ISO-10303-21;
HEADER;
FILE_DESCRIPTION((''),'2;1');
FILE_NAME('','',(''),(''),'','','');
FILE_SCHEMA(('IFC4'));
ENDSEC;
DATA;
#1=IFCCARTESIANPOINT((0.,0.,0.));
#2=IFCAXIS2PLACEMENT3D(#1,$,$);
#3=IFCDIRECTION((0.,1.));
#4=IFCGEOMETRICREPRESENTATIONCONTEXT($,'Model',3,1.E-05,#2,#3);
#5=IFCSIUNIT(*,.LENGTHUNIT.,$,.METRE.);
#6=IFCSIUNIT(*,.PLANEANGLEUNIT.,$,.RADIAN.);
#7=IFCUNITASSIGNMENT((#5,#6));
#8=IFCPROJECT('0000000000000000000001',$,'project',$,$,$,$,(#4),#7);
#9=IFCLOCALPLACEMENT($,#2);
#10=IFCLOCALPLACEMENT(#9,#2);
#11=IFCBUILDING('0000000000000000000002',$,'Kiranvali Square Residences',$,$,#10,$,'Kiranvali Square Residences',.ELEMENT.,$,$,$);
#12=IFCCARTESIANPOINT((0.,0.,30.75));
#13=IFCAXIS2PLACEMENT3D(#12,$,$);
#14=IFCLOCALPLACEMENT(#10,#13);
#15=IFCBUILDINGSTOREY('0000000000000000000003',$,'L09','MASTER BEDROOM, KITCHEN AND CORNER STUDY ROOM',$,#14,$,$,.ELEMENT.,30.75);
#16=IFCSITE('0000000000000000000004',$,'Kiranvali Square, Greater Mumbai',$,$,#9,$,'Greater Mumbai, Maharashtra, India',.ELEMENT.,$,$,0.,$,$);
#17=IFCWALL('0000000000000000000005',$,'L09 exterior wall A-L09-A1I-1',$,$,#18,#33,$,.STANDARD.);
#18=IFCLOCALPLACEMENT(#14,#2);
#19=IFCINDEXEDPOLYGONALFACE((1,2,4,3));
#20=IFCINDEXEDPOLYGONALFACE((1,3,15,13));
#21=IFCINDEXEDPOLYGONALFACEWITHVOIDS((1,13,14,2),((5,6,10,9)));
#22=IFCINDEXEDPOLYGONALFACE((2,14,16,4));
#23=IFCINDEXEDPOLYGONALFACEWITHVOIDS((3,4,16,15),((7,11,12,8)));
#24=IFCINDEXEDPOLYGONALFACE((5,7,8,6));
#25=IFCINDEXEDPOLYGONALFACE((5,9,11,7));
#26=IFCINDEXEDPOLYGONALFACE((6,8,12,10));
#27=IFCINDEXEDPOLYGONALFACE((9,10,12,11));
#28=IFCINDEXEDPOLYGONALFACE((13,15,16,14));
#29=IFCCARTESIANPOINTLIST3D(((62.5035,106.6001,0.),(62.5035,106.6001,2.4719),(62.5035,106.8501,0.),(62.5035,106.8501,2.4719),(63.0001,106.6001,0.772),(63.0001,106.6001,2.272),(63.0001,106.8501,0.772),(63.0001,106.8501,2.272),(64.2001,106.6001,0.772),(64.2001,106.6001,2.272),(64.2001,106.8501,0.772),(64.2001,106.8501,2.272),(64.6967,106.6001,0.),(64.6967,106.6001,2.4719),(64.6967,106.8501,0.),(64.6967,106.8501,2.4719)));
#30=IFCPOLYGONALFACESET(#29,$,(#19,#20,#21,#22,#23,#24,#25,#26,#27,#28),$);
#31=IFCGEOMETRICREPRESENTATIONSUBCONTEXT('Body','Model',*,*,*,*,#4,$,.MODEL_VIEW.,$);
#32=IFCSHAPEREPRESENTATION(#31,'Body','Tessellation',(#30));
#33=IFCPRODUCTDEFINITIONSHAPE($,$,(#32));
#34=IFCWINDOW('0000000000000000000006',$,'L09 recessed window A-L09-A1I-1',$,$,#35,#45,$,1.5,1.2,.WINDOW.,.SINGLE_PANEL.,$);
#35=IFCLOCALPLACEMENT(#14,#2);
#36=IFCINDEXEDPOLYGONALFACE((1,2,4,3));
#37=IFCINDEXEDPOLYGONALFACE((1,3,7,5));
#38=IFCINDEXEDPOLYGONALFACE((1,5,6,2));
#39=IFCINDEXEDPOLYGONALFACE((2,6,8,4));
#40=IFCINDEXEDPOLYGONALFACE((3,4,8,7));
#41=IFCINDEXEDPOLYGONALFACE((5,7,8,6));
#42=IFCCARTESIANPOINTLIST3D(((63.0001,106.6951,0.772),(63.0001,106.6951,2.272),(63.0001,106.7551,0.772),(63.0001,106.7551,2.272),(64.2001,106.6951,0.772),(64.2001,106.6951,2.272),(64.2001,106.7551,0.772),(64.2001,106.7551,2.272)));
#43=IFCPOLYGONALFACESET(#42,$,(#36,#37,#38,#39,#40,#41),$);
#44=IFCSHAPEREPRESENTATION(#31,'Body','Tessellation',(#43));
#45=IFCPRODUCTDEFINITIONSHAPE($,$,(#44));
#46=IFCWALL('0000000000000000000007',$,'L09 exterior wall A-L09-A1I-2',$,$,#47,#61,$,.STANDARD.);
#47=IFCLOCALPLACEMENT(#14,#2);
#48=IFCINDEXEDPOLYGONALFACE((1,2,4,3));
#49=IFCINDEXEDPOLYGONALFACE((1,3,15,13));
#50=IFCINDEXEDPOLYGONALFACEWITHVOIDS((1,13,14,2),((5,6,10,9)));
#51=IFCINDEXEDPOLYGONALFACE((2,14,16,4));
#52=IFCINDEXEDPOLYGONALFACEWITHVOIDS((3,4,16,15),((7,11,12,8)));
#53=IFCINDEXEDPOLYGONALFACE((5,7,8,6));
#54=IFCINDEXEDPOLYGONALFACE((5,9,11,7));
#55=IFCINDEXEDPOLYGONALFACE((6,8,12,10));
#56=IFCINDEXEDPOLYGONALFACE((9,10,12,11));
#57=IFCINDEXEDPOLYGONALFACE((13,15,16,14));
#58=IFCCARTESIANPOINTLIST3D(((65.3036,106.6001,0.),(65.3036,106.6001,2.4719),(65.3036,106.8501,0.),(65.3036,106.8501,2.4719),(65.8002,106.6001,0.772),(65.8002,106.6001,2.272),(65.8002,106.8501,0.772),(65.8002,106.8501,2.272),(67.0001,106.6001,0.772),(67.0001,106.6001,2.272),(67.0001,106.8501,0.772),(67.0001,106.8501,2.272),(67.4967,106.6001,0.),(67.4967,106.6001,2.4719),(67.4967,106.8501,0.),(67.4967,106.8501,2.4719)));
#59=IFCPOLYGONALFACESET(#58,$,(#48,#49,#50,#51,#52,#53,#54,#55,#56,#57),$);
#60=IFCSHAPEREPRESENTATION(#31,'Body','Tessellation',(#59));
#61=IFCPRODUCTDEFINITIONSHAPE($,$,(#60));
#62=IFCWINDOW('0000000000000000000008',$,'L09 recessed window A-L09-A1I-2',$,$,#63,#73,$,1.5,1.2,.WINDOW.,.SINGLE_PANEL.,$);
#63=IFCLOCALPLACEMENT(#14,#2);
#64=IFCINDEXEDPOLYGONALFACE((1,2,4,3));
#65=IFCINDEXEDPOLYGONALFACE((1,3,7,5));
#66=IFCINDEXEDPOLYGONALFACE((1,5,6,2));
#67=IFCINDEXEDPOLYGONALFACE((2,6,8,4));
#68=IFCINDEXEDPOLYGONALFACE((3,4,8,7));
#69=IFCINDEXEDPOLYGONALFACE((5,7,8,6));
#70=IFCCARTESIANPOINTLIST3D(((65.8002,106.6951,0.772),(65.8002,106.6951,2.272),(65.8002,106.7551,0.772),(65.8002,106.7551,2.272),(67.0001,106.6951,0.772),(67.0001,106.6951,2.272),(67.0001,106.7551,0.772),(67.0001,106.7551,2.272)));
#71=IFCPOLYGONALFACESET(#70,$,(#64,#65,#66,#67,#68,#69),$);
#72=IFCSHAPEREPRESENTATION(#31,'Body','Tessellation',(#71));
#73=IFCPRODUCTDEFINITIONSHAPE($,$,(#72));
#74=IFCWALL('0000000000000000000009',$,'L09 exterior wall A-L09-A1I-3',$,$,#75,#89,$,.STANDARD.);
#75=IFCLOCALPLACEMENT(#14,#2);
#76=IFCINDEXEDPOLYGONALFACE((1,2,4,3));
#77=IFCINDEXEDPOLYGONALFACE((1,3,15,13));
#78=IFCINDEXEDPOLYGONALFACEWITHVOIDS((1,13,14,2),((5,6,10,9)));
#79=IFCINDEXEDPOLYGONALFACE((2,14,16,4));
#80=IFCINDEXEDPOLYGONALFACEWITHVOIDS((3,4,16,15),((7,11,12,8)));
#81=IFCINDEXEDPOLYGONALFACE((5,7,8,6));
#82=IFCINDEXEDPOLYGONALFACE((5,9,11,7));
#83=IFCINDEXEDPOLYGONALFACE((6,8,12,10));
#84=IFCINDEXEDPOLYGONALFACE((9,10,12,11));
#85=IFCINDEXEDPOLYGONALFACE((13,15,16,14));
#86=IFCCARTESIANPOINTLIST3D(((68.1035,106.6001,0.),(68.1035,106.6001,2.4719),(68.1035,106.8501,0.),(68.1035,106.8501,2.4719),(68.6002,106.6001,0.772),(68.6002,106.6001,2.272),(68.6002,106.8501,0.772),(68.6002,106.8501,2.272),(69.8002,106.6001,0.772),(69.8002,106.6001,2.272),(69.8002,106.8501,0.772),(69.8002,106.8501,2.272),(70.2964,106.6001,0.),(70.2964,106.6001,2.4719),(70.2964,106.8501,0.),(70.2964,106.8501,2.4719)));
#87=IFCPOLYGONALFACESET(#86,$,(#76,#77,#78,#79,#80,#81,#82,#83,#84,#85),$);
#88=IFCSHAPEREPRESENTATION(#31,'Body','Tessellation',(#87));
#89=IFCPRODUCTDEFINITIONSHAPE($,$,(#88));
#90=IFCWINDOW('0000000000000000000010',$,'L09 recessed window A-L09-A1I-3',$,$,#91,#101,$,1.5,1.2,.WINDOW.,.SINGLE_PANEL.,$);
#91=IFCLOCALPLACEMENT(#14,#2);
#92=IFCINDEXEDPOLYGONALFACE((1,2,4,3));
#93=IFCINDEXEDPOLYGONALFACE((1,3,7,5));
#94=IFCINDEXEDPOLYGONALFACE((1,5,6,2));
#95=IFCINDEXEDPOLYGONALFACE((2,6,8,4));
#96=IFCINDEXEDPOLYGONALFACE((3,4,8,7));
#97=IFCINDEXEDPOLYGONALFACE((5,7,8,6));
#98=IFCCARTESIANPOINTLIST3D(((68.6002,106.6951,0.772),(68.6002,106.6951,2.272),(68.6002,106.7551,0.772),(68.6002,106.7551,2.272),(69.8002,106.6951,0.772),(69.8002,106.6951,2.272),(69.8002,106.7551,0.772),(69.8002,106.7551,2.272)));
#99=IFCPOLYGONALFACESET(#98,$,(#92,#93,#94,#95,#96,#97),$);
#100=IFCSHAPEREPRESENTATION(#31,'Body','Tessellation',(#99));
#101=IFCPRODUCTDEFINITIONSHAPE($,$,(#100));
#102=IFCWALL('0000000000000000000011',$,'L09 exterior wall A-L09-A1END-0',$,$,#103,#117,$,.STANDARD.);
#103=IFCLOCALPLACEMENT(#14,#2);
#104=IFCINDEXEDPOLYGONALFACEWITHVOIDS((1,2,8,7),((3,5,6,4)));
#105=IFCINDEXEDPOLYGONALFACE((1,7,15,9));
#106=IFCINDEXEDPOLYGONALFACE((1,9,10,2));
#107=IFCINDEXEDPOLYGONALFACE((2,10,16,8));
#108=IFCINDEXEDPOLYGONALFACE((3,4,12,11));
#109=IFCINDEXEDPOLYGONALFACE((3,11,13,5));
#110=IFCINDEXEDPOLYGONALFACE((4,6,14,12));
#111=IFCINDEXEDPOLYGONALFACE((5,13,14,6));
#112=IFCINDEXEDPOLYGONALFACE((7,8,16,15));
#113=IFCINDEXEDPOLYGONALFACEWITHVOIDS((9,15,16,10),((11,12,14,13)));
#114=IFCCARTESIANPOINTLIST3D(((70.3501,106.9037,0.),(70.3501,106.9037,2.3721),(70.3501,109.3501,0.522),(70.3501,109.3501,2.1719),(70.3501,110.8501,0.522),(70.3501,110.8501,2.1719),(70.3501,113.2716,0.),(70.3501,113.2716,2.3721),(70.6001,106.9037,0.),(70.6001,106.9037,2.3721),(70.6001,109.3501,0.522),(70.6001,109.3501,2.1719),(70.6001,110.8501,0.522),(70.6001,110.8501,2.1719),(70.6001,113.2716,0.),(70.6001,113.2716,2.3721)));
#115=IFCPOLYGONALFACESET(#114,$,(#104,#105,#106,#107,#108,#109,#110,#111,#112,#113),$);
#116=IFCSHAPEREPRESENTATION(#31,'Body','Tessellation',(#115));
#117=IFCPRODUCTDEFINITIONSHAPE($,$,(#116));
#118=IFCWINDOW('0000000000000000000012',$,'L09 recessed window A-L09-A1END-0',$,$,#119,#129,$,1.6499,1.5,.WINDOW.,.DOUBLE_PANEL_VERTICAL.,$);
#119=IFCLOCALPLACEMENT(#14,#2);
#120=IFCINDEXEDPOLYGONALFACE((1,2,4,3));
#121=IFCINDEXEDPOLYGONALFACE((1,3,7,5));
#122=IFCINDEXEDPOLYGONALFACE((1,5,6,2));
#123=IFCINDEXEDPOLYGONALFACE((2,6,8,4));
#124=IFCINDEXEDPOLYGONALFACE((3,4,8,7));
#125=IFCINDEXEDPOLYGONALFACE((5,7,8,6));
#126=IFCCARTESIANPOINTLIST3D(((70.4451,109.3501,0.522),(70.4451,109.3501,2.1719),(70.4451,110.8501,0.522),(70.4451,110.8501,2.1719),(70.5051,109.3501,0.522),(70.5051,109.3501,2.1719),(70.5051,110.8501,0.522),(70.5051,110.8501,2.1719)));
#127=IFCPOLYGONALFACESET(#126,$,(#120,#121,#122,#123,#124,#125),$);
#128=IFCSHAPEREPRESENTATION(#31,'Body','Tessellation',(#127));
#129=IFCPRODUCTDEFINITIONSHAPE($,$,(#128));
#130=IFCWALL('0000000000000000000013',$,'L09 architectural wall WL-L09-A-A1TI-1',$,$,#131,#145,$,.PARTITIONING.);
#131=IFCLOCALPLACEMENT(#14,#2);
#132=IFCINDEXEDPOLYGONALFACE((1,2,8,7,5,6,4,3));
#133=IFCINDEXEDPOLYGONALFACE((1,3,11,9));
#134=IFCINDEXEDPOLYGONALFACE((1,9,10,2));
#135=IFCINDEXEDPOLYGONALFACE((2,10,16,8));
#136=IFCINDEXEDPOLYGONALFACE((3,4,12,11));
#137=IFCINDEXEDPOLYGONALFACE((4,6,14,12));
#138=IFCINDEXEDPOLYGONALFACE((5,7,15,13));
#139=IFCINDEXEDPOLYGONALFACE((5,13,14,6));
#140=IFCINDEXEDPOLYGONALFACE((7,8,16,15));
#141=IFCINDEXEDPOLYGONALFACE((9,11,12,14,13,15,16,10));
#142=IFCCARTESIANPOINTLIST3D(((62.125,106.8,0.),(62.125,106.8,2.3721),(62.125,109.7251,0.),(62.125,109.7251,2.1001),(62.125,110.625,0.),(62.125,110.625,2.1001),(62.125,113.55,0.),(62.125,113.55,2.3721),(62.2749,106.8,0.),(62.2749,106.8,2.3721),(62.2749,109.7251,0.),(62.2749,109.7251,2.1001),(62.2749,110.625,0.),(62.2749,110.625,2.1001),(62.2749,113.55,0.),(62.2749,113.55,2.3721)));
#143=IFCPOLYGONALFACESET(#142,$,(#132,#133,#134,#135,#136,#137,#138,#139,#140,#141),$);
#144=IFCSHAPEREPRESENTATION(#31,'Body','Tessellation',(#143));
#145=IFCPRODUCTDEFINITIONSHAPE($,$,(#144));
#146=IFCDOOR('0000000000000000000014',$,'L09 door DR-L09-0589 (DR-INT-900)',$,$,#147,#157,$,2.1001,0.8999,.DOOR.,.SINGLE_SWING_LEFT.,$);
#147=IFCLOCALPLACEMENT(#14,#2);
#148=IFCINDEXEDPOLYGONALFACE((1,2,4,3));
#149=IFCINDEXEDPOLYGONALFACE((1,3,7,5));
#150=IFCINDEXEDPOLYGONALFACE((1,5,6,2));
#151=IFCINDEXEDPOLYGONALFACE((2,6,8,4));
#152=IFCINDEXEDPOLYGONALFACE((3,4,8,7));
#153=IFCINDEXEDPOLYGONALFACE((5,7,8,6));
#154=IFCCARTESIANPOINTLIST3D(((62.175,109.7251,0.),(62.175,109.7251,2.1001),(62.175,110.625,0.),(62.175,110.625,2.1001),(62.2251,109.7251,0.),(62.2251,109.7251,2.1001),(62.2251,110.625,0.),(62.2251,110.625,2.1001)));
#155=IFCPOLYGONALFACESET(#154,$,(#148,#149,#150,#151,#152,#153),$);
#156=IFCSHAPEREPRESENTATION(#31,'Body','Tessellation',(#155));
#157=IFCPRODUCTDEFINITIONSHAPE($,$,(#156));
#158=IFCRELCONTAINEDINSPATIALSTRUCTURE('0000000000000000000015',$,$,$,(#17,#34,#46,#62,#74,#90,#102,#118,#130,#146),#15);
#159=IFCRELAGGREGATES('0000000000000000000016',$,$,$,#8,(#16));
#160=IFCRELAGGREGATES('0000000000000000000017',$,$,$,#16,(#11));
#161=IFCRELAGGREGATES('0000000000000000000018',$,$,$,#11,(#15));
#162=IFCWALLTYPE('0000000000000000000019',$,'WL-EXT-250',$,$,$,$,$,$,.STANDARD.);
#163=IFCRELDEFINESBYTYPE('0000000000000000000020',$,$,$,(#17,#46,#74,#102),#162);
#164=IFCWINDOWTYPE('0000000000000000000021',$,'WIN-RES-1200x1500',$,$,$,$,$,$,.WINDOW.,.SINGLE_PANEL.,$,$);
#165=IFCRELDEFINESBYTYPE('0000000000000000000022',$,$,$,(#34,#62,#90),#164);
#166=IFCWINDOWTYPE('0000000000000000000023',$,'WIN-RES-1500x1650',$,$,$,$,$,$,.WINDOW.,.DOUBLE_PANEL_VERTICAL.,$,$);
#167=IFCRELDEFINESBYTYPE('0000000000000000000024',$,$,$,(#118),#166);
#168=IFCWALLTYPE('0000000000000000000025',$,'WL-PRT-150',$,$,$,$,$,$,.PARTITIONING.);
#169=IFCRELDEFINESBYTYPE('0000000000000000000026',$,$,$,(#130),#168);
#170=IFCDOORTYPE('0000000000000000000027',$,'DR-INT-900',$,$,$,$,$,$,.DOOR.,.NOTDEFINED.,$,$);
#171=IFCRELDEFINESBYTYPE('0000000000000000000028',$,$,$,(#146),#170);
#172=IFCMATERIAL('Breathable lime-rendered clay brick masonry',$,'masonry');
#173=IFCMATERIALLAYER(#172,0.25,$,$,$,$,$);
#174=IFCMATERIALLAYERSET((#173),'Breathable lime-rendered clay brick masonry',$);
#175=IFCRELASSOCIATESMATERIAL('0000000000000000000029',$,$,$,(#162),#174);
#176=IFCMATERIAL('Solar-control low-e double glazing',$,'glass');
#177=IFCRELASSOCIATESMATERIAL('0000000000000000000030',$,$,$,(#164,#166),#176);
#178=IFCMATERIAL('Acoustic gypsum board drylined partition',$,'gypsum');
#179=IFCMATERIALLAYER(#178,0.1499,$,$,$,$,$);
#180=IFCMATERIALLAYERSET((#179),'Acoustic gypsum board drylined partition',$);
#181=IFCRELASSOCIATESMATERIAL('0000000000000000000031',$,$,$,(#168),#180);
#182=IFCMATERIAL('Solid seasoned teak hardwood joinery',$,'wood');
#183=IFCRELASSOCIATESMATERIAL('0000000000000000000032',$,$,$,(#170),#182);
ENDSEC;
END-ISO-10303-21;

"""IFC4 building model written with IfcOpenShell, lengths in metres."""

from ifc_helpers import new_model, si_unit, direction, frame, frame_2d, origin, place, context, subcontext, project, spatial, rectangle, extrude, material, layer, layer_set, type_object, element, fill, save


model = new_model("IFC4")

# Units and contexts
model_context = context("Model", 3, precision=1e-05, world=origin(), true_north=direction((0.0, 1.0)))
body_context = subcontext(model_context, "Body", "Model", "MODEL_VIEW")
ifc_project = project(units=[si_unit("LENGTHUNIT", "METRE"), si_unit("PLANEANGLEUNIT", "RADIAN")], contexts=[model_context])

# Site, building, storey
site_placement = place(None, origin())
site = spatial("IfcSite", under=ifc_project, at=site_placement, Name="Kiranvali Square, Greater Mumbai", LongName="Greater Mumbai, Maharashtra, India", CompositionType="ELEMENT", RefElevation=0.0)
building_placement = place(site_placement, origin())
building = spatial("IfcBuilding", under=site, at=building_placement, Name="Kiranvali Square Residences", LongName="Kiranvali Square Residences", CompositionType="ELEMENT")
storey_placement = place(building_placement, frame((0.0, 0.0, 30.75)))
storey = spatial("IfcBuildingStorey", under=building, at=storey_placement, Name="L09", Description="MASTER BEDROOM, KITCHEN AND CORNER STUDY ROOM", CompositionType="ELEMENT", Elevation=30.75)

# Walls, openings, windows
ifc_material_1 = material(Name="Breathable lime-rendered clay brick masonry", Category="masonry")
ifc_layer_1 = layer(ifc_material_1, 0.25)
ifc_layer_set_1 = layer_set([ifc_layer_1], Name="Breathable lime-rendered clay brick masonry")
wall_type_1 = type_object("IfcWallType", Name="WL-EXT-250", PredefinedType="STANDARD", material=ifc_layer_set_1)
ifc_material_2 = material(Name="Solar-control low-e double glazing", Category="glass")
window_type_1 = type_object("IfcWindowType", Name="WIN-RES-1200x1500", PartitioningType="SINGLE_PANEL", PredefinedType="WINDOW", material=ifc_material_2)
wall_1_placement = place(storey_placement, frame((62.5034, 106.7251, 0.0), z_axis=(0.0, 0.0, 1.0), x_axis=(1.0, 0.0, 0.0)))
wall_1 = element("IfcWall", 1, at=wall_1_placement, inside=storey, type_object=wall_type_1, Name="L09 exterior wall A-L09-A1I-1", PredefinedType="STANDARD", context=body_context, shape_type="SweptSolid", body=[
    extrude(rectangle(XDim=2.1931, YDim=0.25, at=frame_2d((1.0967, 0.0))), origin(), (0.0, 0.0, 1.0), 2.4719),
])
opening_1_placement = place(wall_1_placement, frame((0.4966, 0.0, 0.772)))
opening_1 = element("IfcOpeningElement", 2, at=opening_1_placement, cuts=wall_1, PredefinedType="OPENING", context=body_context, shape_type="SweptSolid", body=[
    extrude(rectangle(XDim=1.2, YDim=1.5, at=frame_2d((0.6001, 0.75))), frame((0.0, 0.135, 0.0), z_axis=(0.0, -1.0, 0.0), x_axis=(1.0, 0.0, 0.0)), (0.0, 0.0, 1.0), 0.27),
])
window_1_placement = place(opening_1_placement, origin())
window_1 = element("IfcWindow", 3, at=window_1_placement, inside=storey, type_object=window_type_1, Name="L09 recessed window A-L09-A1I-1", OverallHeight=1.5, OverallWidth=1.2, PartitioningType="SINGLE_PANEL", PredefinedType="WINDOW", context=body_context, shape_type="SweptSolid", body=[
    extrude(rectangle(XDim=1.2, YDim=1.5, at=frame_2d((0.6001, 0.75))), frame((0.0, 0.03, 0.0), z_axis=(0.0, -1.0, 0.0), x_axis=(1.0, 0.0, 0.0)), (0.0, 0.0, 1.0), 0.0601),
])
fill(opening_1, window_1)
wall_2_placement = place(storey_placement, frame((65.3035, 106.7251, 0.0), z_axis=(0.0, 0.0, 1.0), x_axis=(1.0, 0.0, 0.0)))
wall_2 = element("IfcWall", 4, at=wall_2_placement, inside=storey, type_object=wall_type_1, Name="L09 exterior wall A-L09-A1I-2", PredefinedType="STANDARD", context=body_context, shape_type="SweptSolid", body=[
    extrude(rectangle(XDim=2.1931, YDim=0.25, at=frame_2d((1.0967, 0.0))), origin(), (0.0, 0.0, 1.0), 2.4719),
])
opening_2_placement = place(wall_2_placement, frame((0.4966, 0.0, 0.772)))
opening_2 = element("IfcOpeningElement", 5, at=opening_2_placement, cuts=wall_2, PredefinedType="OPENING", context=body_context, shape_type="SweptSolid", body=[
    extrude(rectangle(XDim=1.2, YDim=1.5, at=frame_2d((0.6001, 0.75))), frame((0.0, 0.135, 0.0), z_axis=(0.0, -1.0, 0.0), x_axis=(1.0, 0.0, 0.0)), (0.0, 0.0, 1.0), 0.27),
])
window_2_placement = place(opening_2_placement, origin())
window_2 = element("IfcWindow", 6, at=window_2_placement, inside=storey, type_object=window_type_1, Name="L09 recessed window A-L09-A1I-2", OverallHeight=1.5, OverallWidth=1.2, PartitioningType="SINGLE_PANEL", PredefinedType="WINDOW", context=body_context, shape_type="SweptSolid", body=[
    extrude(rectangle(XDim=1.2, YDim=1.5, at=frame_2d((0.6001, 0.75))), frame((0.0, 0.03, 0.0), z_axis=(0.0, -1.0, 0.0), x_axis=(1.0, 0.0, 0.0)), (0.0, 0.0, 1.0), 0.0601),
])
fill(opening_2, window_2)
wall_3_placement = place(storey_placement, frame((68.1035, 106.7251, 0.0), z_axis=(0.0, 0.0, 1.0), x_axis=(1.0, 0.0, 0.0)))
wall_3 = element("IfcWall", 7, at=wall_3_placement, inside=storey, type_object=wall_type_1, Name="L09 exterior wall A-L09-A1I-3", PredefinedType="STANDARD", context=body_context, shape_type="SweptSolid", body=[
    extrude(rectangle(XDim=2.1929, YDim=0.25, at=frame_2d((1.0964, 0.0))), origin(), (0.0, 0.0, 1.0), 2.4719),
])
opening_3_placement = place(wall_3_placement, frame((0.4966, 0.0, 0.772)))
opening_3 = element("IfcOpeningElement", 8, at=opening_3_placement, cuts=wall_3, PredefinedType="OPENING", context=body_context, shape_type="SweptSolid", body=[
    extrude(rectangle(XDim=1.2, YDim=1.5, at=frame_2d((0.6001, 0.75))), frame((0.0, 0.135, 0.0), z_axis=(0.0, -1.0, 0.0), x_axis=(1.0, 0.0, 0.0)), (0.0, 0.0, 1.0), 0.27),
])
window_3_placement = place(opening_3_placement, origin())
window_3 = element("IfcWindow", 9, at=window_3_placement, inside=storey, type_object=window_type_1, Name="L09 recessed window A-L09-A1I-3", OverallHeight=1.5, OverallWidth=1.2, PartitioningType="SINGLE_PANEL", PredefinedType="WINDOW", context=body_context, shape_type="SweptSolid", body=[
    extrude(rectangle(XDim=1.2, YDim=1.5, at=frame_2d((0.6001, 0.75))), frame((0.0, 0.03, 0.0), z_axis=(0.0, -1.0, 0.0), x_axis=(1.0, 0.0, 0.0)), (0.0, 0.0, 1.0), 0.0601),
])
fill(opening_3, window_3)
wall_4_placement = place(storey_placement, frame((70.4751, 106.9036, 0.0), z_axis=(0.0, 0.0, 1.0), x_axis=(0.0, 1.0, 0.0)))
wall_4 = element("IfcWall", 10, at=wall_4_placement, inside=storey, type_object=wall_type_1, Name="L09 exterior wall A-L09-A1END-0", PredefinedType="STANDARD", context=body_context, shape_type="SweptSolid", body=[
    extrude(rectangle(XDim=6.3679, YDim=0.25, at=frame_2d((3.1841, 0.0))), origin(), (0.0, 0.0, 1.0), 2.3721),
])
opening_4_placement = place(wall_4_placement, frame((2.4465, 0.0, 0.522)))
opening_4 = element("IfcOpeningElement", 11, at=opening_4_placement, cuts=wall_4, PredefinedType="OPENING", context=body_context, shape_type="SweptSolid", body=[
    extrude(rectangle(XDim=1.5, YDim=1.6499, at=frame_2d((0.75, 0.825))), frame((0.0, 0.135, 0.0), z_axis=(0.0, -1.0, 0.0), x_axis=(1.0, 0.0, 0.0)), (0.0, 0.0, 1.0), 0.27),
])
window_type_2 = type_object("IfcWindowType", Name="WIN-RES-1500x1650", PartitioningType="DOUBLE_PANEL_VERTICAL", PredefinedType="WINDOW", material=ifc_material_2)
window_4_placement = place(opening_4_placement, origin())
window_4 = element("IfcWindow", 12, at=window_4_placement, inside=storey, type_object=window_type_2, Name="L09 recessed window A-L09-A1END-0", OverallHeight=1.6499, OverallWidth=1.5, PartitioningType="DOUBLE_PANEL_VERTICAL", PredefinedType="WINDOW", context=body_context, shape_type="SweptSolid", body=[
    extrude(rectangle(XDim=1.5, YDim=1.6499, at=frame_2d((0.75, 0.825))), frame((0.0, 0.03, 0.0), z_axis=(0.0, -1.0, 0.0), x_axis=(1.0, 0.0, 0.0)), (0.0, 0.0, 1.0), 0.0601),
])
fill(opening_4, window_4)

# Wall, opening, door
ifc_material_3 = material(Name="Acoustic gypsum board drylined partition", Category="gypsum")
ifc_layer_2 = layer(ifc_material_3, 0.1499)
ifc_layer_set_2 = layer_set([ifc_layer_2], Name="Acoustic gypsum board drylined partition")
wall_type_2 = type_object("IfcWallType", Name="WL-PRT-150", PredefinedType="PARTITIONING", material=ifc_layer_set_2)
wall_5_placement = place(storey_placement, frame((62.2, 106.8, 0.0), z_axis=(0.0, 0.0, 1.0), x_axis=(0.0, 1.0, 0.0)))
wall_5 = element("IfcWall", 13, at=wall_5_placement, inside=storey, type_object=wall_type_2, Name="L09 architectural wall WL-L09-A-A1TI-1", PredefinedType="PARTITIONING", context=body_context, shape_type="SweptSolid", body=[
    extrude(rectangle(XDim=6.75, YDim=0.1499, at=frame_2d((3.375, 0.0))), origin(), (0.0, 0.0, 1.0), 2.3721),
])
opening_5_placement = place(wall_5_placement, frame((2.925, 0.0, 0.0)))
opening_5 = element("IfcOpeningElement", 14, at=opening_5_placement, cuts=wall_5, PredefinedType="OPENING", context=body_context, shape_type="SweptSolid", body=[
    extrude(rectangle(XDim=0.8999, YDim=2.1001, at=frame_2d((0.45, 1.05))), frame((0.0, 0.085, 0.0), z_axis=(0.0, -1.0, 0.0), x_axis=(1.0, 0.0, 0.0)), (0.0, 0.0, 1.0), 0.1699),
])
ifc_material_4 = material(Name="Solid seasoned teak hardwood joinery", Category="wood")
door_type = type_object("IfcDoorType", Name="DR-INT-900", OperationType="NOTDEFINED", PredefinedType="DOOR", material=ifc_material_4)
door_1_placement = place(opening_5_placement, origin())
door_1 = element("IfcDoor", 15, at=door_1_placement, inside=storey, type_object=door_type, Name="L09 door DR-L09-0589 (DR-INT-900)", OperationType="SINGLE_SWING_LEFT", OverallHeight=2.1001, OverallWidth=0.8999, PredefinedType="DOOR", context=body_context, shape_type="SweptSolid", body=[
    extrude(rectangle(XDim=0.8999, YDim=2.1001, at=frame_2d((0.45, 1.05))), frame((0.0, 0.0249, 0.0), z_axis=(0.0, -1.0, 0.0), x_axis=(1.0, 0.0, 0.0)), (0.0, 0.0, 1.0), 0.05),
])
fill(opening_5, door_1)

save(model, "model.ifc")
